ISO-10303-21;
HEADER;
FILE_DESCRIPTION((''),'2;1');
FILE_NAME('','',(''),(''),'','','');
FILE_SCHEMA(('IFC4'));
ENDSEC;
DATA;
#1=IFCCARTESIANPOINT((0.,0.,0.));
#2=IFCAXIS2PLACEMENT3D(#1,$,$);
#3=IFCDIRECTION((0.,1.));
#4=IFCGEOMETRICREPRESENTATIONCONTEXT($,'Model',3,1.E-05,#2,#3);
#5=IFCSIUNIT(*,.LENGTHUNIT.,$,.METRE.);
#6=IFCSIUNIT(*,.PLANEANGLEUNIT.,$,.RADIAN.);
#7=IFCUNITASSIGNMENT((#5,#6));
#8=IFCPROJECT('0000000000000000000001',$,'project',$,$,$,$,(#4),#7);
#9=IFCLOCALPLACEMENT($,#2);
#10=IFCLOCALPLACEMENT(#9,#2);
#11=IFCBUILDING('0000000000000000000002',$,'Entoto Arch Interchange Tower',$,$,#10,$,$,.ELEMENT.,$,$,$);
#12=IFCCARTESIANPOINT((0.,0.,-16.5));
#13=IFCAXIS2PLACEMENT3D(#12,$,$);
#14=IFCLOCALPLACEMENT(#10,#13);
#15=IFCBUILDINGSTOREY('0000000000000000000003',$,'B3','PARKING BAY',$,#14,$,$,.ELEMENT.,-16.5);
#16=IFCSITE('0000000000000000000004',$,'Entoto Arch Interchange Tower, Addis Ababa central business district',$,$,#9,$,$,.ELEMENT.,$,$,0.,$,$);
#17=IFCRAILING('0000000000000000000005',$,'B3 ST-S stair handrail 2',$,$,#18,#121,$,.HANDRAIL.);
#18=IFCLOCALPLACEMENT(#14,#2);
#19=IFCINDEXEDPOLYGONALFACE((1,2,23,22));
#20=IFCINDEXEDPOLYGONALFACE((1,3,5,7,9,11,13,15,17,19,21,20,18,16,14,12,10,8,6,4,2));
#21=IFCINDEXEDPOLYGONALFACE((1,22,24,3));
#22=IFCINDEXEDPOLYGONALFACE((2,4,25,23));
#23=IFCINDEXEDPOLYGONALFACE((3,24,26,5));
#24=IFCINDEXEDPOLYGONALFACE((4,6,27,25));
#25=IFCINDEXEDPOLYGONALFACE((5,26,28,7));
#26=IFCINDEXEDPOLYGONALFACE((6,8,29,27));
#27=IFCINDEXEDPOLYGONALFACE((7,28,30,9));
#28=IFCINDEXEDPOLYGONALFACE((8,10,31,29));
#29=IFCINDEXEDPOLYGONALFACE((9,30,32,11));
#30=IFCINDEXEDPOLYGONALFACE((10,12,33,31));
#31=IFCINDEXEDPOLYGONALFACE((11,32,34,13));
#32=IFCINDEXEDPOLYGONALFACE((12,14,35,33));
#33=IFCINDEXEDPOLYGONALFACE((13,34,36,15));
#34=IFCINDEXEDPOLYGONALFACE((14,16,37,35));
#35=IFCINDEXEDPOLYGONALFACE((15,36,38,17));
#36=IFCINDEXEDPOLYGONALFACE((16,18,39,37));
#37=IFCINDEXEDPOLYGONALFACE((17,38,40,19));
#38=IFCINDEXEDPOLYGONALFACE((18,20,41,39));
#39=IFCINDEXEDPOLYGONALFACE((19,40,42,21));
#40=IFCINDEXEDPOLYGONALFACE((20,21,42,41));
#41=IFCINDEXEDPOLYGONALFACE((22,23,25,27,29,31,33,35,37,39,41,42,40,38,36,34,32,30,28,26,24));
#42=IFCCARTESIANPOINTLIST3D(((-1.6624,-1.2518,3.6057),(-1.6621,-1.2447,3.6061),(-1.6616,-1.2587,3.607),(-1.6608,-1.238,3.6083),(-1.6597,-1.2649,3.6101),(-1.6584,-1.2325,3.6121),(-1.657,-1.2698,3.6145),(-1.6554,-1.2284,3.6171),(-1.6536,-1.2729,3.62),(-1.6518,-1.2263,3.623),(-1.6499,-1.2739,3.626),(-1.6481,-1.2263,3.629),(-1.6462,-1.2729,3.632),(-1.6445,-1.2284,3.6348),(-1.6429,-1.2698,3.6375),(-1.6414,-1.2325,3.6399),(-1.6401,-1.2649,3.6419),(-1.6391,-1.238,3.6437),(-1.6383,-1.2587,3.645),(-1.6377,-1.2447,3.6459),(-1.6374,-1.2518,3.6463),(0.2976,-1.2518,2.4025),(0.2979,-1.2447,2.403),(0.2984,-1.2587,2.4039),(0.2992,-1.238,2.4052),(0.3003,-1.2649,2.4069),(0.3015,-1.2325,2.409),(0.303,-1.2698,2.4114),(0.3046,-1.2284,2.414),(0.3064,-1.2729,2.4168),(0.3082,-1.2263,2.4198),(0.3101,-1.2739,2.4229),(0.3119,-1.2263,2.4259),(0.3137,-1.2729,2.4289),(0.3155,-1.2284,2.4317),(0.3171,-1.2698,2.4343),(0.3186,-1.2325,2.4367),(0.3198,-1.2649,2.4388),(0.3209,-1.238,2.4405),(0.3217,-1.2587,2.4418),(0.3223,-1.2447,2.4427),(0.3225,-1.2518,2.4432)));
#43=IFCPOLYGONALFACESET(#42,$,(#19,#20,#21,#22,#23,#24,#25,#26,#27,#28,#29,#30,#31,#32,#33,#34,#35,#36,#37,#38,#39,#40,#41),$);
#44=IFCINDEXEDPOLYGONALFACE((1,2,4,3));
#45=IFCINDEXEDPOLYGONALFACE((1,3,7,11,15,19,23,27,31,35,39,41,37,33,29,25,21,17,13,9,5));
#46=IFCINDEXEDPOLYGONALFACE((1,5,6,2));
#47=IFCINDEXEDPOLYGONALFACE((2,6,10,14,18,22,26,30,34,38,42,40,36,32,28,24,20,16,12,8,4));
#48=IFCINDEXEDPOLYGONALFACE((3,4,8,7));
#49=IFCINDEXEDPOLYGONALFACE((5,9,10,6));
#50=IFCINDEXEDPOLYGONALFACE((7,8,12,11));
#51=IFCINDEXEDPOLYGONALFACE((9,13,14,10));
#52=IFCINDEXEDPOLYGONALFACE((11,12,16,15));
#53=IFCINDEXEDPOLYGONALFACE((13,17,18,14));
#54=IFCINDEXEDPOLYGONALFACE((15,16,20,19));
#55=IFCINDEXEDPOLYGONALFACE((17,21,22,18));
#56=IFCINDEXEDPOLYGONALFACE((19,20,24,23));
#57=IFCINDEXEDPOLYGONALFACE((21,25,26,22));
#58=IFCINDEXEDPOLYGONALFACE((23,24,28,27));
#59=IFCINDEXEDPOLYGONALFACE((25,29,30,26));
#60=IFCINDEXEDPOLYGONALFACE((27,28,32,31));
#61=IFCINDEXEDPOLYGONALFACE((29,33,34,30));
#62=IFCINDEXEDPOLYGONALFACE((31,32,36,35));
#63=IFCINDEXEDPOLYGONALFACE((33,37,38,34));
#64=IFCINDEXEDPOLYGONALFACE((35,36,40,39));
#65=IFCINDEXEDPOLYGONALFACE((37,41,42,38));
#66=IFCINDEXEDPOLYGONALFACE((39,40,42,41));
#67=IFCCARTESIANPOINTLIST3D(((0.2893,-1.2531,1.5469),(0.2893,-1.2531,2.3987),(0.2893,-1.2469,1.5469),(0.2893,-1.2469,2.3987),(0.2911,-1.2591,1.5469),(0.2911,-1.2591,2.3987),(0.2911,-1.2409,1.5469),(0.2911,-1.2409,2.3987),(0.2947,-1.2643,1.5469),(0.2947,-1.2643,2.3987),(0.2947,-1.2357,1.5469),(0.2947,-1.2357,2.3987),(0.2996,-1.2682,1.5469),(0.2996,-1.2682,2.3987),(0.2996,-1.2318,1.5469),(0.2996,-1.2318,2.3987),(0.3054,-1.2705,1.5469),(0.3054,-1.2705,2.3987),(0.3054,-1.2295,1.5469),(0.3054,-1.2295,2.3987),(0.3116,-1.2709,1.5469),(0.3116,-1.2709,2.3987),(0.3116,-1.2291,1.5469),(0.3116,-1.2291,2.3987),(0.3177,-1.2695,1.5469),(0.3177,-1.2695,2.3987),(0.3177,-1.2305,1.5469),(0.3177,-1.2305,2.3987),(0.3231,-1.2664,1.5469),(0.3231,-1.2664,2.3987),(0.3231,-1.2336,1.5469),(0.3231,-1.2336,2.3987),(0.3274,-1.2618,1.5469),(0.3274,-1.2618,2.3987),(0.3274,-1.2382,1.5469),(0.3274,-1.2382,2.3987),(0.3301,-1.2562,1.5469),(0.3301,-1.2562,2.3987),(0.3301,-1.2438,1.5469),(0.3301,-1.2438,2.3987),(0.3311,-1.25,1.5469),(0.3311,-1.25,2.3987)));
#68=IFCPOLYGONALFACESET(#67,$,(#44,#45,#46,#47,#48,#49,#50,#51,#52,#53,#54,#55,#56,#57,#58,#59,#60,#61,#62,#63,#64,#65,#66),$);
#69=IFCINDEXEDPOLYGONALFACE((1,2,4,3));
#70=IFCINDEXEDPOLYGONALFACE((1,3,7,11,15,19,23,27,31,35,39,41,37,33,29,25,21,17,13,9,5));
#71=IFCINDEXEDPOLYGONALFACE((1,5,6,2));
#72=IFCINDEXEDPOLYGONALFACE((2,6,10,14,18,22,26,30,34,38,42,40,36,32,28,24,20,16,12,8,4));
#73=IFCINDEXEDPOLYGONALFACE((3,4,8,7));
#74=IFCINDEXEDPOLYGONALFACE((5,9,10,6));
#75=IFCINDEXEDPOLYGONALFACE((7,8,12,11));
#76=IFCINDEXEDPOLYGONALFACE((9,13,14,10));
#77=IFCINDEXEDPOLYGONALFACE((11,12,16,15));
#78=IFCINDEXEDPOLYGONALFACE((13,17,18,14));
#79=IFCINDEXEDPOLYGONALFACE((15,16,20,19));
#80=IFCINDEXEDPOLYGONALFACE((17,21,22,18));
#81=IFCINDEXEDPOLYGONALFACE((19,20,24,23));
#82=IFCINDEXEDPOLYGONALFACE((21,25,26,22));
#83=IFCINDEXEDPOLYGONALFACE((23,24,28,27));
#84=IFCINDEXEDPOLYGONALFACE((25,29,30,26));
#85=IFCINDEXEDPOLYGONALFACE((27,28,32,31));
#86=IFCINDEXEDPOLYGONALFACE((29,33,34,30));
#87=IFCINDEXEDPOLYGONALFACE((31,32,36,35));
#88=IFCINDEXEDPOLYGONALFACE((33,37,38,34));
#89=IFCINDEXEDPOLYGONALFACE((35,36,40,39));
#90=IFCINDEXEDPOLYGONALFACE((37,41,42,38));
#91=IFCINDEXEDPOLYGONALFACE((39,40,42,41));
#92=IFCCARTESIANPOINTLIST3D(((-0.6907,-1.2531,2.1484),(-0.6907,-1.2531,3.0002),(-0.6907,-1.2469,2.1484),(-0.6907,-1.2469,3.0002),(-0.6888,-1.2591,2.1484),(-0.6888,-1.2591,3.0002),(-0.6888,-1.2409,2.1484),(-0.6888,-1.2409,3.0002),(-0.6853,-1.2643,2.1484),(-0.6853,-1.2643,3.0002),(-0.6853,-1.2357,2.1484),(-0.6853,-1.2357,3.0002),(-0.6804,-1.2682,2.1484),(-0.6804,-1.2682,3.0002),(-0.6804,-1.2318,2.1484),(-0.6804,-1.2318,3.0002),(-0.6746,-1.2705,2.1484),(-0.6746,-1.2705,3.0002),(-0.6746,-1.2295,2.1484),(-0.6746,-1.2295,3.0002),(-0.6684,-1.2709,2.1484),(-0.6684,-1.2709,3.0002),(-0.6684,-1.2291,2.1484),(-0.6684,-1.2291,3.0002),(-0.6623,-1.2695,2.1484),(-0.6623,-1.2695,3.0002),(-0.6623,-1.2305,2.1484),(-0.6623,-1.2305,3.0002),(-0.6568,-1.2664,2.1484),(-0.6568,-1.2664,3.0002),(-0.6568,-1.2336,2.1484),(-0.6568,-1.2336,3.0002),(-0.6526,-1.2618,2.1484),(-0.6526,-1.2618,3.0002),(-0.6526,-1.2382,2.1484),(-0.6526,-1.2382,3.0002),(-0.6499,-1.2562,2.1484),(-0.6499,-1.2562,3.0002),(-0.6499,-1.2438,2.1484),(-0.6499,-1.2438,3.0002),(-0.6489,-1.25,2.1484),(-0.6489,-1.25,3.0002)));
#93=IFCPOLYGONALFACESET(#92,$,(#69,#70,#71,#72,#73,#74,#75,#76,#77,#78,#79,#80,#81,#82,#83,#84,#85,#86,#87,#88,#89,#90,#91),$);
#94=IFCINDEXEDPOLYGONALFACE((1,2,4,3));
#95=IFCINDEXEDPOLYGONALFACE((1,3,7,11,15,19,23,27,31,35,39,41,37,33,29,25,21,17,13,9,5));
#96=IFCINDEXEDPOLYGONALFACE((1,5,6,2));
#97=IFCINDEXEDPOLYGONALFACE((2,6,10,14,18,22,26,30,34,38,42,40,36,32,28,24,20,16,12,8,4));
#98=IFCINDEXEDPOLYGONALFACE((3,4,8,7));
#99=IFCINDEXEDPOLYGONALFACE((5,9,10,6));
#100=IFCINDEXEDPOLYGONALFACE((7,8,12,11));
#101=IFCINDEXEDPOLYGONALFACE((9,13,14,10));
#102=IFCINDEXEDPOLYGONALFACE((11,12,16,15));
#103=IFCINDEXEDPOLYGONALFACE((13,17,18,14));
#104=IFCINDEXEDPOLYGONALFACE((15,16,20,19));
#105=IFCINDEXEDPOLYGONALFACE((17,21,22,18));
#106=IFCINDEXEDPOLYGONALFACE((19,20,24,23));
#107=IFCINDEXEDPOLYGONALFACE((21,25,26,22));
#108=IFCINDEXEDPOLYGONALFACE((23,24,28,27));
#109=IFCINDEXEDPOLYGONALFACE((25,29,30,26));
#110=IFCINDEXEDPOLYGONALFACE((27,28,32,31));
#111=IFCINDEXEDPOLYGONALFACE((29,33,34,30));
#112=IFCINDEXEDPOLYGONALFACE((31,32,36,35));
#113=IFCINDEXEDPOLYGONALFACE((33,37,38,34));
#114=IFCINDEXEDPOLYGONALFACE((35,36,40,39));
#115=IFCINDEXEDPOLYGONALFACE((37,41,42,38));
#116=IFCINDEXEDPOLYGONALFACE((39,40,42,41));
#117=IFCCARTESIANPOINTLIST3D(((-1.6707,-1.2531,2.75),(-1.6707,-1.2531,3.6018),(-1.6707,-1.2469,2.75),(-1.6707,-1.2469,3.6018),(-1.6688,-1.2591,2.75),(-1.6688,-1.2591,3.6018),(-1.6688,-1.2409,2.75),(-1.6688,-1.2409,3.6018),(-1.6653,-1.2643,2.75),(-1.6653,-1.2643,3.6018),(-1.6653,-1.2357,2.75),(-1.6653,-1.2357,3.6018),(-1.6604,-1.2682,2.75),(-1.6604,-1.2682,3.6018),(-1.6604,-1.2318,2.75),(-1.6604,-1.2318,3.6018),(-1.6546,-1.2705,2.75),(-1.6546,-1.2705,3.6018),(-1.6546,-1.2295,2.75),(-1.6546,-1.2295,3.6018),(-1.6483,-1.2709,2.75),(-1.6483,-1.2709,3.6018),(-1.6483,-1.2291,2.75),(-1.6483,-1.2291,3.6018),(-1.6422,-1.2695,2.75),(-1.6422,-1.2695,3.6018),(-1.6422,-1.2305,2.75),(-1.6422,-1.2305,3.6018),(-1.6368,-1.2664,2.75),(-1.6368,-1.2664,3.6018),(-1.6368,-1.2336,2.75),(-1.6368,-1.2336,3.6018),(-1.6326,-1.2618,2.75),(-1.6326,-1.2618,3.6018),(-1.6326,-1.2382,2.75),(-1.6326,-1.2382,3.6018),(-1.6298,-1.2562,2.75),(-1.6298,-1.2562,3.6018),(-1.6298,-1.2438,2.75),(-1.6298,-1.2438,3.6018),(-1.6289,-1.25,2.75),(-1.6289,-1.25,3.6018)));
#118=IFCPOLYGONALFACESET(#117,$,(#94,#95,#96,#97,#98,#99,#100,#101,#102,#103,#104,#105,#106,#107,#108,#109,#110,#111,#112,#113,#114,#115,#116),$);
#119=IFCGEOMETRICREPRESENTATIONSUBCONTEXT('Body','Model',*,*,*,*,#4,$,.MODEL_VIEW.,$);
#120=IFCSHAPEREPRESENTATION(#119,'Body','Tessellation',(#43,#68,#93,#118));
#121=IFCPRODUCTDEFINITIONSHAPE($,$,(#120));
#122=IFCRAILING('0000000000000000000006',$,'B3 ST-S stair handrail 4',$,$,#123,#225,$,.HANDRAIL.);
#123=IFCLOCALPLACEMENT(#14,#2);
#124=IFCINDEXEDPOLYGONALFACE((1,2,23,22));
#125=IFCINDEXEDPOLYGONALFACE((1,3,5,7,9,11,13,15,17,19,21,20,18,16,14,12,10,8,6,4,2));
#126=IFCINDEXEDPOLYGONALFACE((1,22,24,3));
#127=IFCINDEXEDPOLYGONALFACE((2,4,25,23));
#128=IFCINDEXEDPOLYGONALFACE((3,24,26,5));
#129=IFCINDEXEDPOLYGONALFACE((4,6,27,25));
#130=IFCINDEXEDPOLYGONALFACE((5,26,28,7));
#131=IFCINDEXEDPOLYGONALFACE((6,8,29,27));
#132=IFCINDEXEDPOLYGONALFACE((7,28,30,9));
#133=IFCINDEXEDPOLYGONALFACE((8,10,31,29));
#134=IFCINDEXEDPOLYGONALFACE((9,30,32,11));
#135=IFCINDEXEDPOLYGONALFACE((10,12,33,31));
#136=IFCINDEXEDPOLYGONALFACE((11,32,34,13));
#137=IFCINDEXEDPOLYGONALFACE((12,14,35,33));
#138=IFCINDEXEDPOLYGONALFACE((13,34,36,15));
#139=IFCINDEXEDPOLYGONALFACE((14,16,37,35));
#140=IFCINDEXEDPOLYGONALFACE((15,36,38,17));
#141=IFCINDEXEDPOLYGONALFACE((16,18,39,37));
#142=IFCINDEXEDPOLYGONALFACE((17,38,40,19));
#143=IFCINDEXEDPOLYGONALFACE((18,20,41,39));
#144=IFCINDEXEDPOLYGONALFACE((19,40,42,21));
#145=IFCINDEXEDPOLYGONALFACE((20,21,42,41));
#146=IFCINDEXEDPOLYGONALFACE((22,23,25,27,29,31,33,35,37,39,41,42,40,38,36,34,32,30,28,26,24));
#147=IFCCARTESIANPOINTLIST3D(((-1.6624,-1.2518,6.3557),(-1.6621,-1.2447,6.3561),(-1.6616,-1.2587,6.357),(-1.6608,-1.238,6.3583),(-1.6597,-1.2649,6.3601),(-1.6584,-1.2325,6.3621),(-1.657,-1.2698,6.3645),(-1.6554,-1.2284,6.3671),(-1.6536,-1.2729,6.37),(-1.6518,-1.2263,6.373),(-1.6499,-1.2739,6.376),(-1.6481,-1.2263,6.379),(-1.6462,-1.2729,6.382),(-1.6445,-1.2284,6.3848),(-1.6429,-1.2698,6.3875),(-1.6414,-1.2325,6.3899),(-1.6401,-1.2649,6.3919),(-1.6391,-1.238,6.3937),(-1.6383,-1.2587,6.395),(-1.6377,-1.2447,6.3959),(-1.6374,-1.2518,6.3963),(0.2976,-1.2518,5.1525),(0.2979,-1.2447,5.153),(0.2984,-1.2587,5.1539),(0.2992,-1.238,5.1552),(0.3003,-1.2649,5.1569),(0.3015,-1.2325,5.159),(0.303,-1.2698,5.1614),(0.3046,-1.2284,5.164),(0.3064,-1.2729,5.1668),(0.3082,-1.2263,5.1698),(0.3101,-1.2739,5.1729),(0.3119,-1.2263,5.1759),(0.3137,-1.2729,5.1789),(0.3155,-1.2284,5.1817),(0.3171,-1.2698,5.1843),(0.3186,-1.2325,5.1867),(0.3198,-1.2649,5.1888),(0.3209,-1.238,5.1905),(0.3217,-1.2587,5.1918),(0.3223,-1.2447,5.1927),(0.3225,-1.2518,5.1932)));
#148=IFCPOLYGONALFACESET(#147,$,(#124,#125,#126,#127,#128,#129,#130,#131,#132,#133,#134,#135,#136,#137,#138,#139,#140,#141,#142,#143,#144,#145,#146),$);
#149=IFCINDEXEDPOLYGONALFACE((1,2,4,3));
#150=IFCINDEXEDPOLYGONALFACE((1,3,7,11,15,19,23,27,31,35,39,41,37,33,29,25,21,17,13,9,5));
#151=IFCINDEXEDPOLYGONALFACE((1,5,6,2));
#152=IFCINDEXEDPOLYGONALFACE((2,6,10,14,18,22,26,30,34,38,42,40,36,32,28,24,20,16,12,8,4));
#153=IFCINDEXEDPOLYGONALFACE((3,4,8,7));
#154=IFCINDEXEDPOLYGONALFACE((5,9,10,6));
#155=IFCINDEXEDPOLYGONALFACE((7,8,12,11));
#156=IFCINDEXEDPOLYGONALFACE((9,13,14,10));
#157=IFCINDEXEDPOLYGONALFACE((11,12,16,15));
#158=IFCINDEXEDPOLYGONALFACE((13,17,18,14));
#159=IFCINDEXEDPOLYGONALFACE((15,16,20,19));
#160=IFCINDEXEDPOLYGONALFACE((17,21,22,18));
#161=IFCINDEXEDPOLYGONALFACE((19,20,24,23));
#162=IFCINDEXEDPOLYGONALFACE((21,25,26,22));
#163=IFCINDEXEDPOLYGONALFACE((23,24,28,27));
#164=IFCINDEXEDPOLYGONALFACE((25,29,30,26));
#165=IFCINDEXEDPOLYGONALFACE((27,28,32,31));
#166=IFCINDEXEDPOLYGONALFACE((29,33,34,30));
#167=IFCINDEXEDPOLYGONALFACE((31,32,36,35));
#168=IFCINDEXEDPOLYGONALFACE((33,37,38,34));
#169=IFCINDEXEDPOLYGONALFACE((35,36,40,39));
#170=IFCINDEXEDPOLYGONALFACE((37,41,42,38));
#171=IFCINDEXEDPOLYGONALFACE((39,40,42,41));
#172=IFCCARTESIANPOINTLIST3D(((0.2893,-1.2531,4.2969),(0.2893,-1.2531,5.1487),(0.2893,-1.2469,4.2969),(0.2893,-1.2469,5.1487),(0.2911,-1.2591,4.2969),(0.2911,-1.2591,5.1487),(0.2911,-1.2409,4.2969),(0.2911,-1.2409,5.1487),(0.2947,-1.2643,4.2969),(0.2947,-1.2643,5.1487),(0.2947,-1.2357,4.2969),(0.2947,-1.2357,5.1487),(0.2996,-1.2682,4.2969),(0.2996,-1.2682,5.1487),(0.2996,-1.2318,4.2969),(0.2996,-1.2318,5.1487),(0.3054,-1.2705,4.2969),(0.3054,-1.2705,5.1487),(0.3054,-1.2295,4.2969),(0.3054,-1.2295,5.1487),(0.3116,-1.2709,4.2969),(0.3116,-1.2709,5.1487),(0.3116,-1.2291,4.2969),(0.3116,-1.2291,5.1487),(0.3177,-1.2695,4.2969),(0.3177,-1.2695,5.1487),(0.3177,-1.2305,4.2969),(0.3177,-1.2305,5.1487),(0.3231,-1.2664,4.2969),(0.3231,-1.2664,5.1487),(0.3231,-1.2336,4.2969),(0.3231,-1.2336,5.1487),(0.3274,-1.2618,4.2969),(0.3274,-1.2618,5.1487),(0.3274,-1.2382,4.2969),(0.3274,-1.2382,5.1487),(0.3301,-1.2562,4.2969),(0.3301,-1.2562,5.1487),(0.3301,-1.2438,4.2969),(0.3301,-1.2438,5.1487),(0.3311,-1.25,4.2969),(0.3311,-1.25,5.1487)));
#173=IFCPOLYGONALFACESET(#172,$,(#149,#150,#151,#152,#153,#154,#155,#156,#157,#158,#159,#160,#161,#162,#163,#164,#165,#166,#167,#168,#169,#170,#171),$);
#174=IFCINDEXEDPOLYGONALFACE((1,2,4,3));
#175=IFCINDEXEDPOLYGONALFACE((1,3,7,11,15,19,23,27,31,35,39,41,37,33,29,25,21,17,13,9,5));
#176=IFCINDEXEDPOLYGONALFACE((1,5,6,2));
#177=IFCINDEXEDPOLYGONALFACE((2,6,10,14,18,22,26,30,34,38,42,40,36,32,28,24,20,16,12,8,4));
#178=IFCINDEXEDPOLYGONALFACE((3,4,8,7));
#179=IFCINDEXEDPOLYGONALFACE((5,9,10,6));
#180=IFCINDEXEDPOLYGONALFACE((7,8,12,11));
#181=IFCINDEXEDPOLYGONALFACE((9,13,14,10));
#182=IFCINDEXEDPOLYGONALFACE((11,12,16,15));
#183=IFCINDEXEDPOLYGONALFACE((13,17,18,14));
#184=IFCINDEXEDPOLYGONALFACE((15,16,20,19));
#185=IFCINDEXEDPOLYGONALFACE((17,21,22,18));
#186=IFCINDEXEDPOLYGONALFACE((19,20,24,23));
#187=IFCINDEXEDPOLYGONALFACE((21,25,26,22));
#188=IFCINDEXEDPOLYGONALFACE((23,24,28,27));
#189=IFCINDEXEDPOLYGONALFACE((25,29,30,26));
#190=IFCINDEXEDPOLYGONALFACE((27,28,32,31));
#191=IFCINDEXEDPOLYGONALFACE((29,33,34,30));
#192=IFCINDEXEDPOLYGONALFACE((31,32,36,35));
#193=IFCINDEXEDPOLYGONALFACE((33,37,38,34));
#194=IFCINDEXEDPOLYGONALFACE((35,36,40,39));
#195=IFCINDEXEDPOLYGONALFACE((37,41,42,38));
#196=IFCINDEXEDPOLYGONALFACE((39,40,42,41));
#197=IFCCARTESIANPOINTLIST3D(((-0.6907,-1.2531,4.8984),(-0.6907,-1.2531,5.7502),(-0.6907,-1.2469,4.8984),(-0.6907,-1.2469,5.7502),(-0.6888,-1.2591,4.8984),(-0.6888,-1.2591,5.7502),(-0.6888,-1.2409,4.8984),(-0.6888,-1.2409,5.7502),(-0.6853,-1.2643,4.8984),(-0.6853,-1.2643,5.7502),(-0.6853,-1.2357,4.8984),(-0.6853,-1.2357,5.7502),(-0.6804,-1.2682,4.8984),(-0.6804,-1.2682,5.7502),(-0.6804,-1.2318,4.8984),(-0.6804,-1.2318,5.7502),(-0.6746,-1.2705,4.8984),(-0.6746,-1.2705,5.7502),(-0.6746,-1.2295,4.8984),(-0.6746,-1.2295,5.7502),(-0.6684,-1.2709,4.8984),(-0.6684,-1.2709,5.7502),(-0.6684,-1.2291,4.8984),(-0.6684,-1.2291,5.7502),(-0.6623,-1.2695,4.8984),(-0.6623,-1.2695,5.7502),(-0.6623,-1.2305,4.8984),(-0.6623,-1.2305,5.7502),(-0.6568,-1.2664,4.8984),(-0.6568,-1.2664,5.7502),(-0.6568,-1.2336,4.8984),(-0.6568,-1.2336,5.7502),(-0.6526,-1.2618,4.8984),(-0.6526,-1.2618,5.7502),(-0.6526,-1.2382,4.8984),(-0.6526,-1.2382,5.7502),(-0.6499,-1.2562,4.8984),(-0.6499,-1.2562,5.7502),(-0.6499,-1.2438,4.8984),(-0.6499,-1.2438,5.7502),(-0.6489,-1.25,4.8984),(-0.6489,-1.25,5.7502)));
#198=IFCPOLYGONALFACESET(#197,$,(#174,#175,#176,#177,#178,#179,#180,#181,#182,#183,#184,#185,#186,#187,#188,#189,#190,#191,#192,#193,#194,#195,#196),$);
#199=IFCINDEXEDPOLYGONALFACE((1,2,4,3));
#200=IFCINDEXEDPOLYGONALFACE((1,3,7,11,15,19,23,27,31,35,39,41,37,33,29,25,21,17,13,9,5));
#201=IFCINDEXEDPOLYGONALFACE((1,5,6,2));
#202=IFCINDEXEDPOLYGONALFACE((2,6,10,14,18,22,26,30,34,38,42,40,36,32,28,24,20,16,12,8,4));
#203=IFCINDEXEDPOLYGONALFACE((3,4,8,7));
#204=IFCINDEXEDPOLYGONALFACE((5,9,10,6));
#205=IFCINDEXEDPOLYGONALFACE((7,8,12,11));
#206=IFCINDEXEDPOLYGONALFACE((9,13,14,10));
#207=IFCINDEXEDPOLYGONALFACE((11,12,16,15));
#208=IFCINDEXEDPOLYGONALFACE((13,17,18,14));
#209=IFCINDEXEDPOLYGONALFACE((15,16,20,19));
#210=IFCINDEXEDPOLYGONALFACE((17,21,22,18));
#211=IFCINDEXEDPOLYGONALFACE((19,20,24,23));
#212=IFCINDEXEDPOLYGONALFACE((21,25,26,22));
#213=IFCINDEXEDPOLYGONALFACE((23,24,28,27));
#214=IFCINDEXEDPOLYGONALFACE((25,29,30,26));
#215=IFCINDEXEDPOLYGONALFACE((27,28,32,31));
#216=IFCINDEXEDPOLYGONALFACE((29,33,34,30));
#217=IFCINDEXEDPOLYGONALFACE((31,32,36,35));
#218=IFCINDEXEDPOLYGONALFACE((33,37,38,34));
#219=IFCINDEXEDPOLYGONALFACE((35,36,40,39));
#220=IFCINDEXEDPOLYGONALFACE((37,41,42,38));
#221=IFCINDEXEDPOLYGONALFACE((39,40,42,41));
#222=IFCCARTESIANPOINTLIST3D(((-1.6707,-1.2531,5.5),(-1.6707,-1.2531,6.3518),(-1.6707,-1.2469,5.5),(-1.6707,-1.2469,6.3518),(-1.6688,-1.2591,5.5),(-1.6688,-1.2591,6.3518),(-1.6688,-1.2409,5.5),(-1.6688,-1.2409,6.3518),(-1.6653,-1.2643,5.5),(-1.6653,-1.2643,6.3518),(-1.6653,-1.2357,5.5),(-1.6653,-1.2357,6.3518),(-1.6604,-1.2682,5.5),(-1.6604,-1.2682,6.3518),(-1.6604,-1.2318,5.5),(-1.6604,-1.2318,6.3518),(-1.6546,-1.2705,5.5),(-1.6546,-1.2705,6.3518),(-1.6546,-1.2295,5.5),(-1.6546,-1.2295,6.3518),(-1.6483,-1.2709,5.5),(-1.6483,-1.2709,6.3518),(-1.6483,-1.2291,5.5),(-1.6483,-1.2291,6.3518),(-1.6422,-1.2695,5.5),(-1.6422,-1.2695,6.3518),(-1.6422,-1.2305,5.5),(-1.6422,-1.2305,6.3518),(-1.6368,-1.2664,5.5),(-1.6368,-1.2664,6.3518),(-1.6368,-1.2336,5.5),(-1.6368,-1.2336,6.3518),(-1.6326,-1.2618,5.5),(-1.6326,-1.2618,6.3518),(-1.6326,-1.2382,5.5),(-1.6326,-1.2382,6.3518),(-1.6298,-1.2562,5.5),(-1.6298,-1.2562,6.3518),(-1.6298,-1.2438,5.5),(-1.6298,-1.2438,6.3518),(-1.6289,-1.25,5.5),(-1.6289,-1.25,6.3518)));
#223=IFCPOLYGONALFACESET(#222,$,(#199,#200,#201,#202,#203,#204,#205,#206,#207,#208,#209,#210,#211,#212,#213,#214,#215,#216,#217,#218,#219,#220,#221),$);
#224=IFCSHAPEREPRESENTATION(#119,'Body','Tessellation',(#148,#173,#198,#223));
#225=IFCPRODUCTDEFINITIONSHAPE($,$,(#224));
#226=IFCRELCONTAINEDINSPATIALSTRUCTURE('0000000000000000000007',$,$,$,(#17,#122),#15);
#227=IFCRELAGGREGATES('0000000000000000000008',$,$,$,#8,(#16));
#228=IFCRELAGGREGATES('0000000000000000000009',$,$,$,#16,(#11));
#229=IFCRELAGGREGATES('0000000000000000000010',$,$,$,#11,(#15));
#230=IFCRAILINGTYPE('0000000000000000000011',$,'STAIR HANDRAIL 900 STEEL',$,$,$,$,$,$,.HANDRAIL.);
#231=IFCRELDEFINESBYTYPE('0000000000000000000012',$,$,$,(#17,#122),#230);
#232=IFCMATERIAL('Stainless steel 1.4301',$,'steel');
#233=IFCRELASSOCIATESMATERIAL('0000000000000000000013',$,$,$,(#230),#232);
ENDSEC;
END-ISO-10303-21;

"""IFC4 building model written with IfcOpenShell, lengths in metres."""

from ifc_helpers import new_model, si_unit, direction, frame, origin, origin_2d, place, context, subcontext, project, spatial, circle, extrude, material, type_object, element, save


model = new_model("IFC4")

# Units and contexts
model_context = context("Model", 3, precision=1e-05, world=origin(), true_north=direction((0.0, 1.0)))
body_context = subcontext(model_context, "Body", "Model", "MODEL_VIEW")
ifc_project = project(units=[si_unit("LENGTHUNIT", "METRE"), si_unit("PLANEANGLEUNIT", "RADIAN")], contexts=[model_context])

# Site, building, storey
site_placement = place(None, origin())
site = spatial("IfcSite", under=ifc_project, at=site_placement, Name="Entoto Arch Interchange Tower, Addis Ababa central business district", CompositionType="ELEMENT", RefElevation=0.0)
building_placement = place(site_placement, origin())
building = spatial("IfcBuilding", under=site, at=building_placement, Name="Entoto Arch Interchange Tower", CompositionType="ELEMENT")
storey_placement = place(building_placement, frame((0.0, 0.0, -16.5)))
storey = spatial("IfcBuildingStorey", under=building, at=storey_placement, Name="B3", Description="PARKING BAY", CompositionType="ELEMENT", Elevation=-16.5)

# Railings
ifc_material_1 = material(Name="Stainless steel 1.4301", Category="steel")
railing_type_1 = type_object("IfcRailingType", Name="STAIR HANDRAIL 900 STEEL", PredefinedType="HANDRAIL", material=ifc_material_1)
for number, where, name in (
    (1, (0.3101, -1.25, 1.5469), "B3 ST-S stair handrail 2"),
    (2, (0.3101, -1.25, 4.2969), "B3 ST-S stair handrail 4"),
):
    element("IfcRailing", number, at=place(storey_placement, frame(where)), inside=storey, type_object=railing_type_1, Name=name, PredefinedType="HANDRAIL", context=body_context, shape_type="SweptSolid", body=[
        extrude(circle(Radius=0.0239, at=origin_2d()), frame((0.0, 0.0, 0.876), z_axis=(-0.852241, 0.0, 0.523149), x_axis=(0.0, -1.0, 0.0)), (0.0, 0.0, 1.0), 2.2998),
        extrude(circle(Radius=0.021, at=origin_2d()), origin(), (0.0, 0.0, 1.0), 0.8518),
        extrude(circle(Radius=0.021, at=origin_2d()), frame((-0.98, 0.0, 0.6016)), (0.0, 0.0, 1.0), 0.8518),
        extrude(circle(Radius=0.021, at=origin_2d()), frame((-1.96, 0.0, 1.2031)), (0.0, 0.0, 1.0), 0.8518),
    ])

save(model, "model.ifc")
